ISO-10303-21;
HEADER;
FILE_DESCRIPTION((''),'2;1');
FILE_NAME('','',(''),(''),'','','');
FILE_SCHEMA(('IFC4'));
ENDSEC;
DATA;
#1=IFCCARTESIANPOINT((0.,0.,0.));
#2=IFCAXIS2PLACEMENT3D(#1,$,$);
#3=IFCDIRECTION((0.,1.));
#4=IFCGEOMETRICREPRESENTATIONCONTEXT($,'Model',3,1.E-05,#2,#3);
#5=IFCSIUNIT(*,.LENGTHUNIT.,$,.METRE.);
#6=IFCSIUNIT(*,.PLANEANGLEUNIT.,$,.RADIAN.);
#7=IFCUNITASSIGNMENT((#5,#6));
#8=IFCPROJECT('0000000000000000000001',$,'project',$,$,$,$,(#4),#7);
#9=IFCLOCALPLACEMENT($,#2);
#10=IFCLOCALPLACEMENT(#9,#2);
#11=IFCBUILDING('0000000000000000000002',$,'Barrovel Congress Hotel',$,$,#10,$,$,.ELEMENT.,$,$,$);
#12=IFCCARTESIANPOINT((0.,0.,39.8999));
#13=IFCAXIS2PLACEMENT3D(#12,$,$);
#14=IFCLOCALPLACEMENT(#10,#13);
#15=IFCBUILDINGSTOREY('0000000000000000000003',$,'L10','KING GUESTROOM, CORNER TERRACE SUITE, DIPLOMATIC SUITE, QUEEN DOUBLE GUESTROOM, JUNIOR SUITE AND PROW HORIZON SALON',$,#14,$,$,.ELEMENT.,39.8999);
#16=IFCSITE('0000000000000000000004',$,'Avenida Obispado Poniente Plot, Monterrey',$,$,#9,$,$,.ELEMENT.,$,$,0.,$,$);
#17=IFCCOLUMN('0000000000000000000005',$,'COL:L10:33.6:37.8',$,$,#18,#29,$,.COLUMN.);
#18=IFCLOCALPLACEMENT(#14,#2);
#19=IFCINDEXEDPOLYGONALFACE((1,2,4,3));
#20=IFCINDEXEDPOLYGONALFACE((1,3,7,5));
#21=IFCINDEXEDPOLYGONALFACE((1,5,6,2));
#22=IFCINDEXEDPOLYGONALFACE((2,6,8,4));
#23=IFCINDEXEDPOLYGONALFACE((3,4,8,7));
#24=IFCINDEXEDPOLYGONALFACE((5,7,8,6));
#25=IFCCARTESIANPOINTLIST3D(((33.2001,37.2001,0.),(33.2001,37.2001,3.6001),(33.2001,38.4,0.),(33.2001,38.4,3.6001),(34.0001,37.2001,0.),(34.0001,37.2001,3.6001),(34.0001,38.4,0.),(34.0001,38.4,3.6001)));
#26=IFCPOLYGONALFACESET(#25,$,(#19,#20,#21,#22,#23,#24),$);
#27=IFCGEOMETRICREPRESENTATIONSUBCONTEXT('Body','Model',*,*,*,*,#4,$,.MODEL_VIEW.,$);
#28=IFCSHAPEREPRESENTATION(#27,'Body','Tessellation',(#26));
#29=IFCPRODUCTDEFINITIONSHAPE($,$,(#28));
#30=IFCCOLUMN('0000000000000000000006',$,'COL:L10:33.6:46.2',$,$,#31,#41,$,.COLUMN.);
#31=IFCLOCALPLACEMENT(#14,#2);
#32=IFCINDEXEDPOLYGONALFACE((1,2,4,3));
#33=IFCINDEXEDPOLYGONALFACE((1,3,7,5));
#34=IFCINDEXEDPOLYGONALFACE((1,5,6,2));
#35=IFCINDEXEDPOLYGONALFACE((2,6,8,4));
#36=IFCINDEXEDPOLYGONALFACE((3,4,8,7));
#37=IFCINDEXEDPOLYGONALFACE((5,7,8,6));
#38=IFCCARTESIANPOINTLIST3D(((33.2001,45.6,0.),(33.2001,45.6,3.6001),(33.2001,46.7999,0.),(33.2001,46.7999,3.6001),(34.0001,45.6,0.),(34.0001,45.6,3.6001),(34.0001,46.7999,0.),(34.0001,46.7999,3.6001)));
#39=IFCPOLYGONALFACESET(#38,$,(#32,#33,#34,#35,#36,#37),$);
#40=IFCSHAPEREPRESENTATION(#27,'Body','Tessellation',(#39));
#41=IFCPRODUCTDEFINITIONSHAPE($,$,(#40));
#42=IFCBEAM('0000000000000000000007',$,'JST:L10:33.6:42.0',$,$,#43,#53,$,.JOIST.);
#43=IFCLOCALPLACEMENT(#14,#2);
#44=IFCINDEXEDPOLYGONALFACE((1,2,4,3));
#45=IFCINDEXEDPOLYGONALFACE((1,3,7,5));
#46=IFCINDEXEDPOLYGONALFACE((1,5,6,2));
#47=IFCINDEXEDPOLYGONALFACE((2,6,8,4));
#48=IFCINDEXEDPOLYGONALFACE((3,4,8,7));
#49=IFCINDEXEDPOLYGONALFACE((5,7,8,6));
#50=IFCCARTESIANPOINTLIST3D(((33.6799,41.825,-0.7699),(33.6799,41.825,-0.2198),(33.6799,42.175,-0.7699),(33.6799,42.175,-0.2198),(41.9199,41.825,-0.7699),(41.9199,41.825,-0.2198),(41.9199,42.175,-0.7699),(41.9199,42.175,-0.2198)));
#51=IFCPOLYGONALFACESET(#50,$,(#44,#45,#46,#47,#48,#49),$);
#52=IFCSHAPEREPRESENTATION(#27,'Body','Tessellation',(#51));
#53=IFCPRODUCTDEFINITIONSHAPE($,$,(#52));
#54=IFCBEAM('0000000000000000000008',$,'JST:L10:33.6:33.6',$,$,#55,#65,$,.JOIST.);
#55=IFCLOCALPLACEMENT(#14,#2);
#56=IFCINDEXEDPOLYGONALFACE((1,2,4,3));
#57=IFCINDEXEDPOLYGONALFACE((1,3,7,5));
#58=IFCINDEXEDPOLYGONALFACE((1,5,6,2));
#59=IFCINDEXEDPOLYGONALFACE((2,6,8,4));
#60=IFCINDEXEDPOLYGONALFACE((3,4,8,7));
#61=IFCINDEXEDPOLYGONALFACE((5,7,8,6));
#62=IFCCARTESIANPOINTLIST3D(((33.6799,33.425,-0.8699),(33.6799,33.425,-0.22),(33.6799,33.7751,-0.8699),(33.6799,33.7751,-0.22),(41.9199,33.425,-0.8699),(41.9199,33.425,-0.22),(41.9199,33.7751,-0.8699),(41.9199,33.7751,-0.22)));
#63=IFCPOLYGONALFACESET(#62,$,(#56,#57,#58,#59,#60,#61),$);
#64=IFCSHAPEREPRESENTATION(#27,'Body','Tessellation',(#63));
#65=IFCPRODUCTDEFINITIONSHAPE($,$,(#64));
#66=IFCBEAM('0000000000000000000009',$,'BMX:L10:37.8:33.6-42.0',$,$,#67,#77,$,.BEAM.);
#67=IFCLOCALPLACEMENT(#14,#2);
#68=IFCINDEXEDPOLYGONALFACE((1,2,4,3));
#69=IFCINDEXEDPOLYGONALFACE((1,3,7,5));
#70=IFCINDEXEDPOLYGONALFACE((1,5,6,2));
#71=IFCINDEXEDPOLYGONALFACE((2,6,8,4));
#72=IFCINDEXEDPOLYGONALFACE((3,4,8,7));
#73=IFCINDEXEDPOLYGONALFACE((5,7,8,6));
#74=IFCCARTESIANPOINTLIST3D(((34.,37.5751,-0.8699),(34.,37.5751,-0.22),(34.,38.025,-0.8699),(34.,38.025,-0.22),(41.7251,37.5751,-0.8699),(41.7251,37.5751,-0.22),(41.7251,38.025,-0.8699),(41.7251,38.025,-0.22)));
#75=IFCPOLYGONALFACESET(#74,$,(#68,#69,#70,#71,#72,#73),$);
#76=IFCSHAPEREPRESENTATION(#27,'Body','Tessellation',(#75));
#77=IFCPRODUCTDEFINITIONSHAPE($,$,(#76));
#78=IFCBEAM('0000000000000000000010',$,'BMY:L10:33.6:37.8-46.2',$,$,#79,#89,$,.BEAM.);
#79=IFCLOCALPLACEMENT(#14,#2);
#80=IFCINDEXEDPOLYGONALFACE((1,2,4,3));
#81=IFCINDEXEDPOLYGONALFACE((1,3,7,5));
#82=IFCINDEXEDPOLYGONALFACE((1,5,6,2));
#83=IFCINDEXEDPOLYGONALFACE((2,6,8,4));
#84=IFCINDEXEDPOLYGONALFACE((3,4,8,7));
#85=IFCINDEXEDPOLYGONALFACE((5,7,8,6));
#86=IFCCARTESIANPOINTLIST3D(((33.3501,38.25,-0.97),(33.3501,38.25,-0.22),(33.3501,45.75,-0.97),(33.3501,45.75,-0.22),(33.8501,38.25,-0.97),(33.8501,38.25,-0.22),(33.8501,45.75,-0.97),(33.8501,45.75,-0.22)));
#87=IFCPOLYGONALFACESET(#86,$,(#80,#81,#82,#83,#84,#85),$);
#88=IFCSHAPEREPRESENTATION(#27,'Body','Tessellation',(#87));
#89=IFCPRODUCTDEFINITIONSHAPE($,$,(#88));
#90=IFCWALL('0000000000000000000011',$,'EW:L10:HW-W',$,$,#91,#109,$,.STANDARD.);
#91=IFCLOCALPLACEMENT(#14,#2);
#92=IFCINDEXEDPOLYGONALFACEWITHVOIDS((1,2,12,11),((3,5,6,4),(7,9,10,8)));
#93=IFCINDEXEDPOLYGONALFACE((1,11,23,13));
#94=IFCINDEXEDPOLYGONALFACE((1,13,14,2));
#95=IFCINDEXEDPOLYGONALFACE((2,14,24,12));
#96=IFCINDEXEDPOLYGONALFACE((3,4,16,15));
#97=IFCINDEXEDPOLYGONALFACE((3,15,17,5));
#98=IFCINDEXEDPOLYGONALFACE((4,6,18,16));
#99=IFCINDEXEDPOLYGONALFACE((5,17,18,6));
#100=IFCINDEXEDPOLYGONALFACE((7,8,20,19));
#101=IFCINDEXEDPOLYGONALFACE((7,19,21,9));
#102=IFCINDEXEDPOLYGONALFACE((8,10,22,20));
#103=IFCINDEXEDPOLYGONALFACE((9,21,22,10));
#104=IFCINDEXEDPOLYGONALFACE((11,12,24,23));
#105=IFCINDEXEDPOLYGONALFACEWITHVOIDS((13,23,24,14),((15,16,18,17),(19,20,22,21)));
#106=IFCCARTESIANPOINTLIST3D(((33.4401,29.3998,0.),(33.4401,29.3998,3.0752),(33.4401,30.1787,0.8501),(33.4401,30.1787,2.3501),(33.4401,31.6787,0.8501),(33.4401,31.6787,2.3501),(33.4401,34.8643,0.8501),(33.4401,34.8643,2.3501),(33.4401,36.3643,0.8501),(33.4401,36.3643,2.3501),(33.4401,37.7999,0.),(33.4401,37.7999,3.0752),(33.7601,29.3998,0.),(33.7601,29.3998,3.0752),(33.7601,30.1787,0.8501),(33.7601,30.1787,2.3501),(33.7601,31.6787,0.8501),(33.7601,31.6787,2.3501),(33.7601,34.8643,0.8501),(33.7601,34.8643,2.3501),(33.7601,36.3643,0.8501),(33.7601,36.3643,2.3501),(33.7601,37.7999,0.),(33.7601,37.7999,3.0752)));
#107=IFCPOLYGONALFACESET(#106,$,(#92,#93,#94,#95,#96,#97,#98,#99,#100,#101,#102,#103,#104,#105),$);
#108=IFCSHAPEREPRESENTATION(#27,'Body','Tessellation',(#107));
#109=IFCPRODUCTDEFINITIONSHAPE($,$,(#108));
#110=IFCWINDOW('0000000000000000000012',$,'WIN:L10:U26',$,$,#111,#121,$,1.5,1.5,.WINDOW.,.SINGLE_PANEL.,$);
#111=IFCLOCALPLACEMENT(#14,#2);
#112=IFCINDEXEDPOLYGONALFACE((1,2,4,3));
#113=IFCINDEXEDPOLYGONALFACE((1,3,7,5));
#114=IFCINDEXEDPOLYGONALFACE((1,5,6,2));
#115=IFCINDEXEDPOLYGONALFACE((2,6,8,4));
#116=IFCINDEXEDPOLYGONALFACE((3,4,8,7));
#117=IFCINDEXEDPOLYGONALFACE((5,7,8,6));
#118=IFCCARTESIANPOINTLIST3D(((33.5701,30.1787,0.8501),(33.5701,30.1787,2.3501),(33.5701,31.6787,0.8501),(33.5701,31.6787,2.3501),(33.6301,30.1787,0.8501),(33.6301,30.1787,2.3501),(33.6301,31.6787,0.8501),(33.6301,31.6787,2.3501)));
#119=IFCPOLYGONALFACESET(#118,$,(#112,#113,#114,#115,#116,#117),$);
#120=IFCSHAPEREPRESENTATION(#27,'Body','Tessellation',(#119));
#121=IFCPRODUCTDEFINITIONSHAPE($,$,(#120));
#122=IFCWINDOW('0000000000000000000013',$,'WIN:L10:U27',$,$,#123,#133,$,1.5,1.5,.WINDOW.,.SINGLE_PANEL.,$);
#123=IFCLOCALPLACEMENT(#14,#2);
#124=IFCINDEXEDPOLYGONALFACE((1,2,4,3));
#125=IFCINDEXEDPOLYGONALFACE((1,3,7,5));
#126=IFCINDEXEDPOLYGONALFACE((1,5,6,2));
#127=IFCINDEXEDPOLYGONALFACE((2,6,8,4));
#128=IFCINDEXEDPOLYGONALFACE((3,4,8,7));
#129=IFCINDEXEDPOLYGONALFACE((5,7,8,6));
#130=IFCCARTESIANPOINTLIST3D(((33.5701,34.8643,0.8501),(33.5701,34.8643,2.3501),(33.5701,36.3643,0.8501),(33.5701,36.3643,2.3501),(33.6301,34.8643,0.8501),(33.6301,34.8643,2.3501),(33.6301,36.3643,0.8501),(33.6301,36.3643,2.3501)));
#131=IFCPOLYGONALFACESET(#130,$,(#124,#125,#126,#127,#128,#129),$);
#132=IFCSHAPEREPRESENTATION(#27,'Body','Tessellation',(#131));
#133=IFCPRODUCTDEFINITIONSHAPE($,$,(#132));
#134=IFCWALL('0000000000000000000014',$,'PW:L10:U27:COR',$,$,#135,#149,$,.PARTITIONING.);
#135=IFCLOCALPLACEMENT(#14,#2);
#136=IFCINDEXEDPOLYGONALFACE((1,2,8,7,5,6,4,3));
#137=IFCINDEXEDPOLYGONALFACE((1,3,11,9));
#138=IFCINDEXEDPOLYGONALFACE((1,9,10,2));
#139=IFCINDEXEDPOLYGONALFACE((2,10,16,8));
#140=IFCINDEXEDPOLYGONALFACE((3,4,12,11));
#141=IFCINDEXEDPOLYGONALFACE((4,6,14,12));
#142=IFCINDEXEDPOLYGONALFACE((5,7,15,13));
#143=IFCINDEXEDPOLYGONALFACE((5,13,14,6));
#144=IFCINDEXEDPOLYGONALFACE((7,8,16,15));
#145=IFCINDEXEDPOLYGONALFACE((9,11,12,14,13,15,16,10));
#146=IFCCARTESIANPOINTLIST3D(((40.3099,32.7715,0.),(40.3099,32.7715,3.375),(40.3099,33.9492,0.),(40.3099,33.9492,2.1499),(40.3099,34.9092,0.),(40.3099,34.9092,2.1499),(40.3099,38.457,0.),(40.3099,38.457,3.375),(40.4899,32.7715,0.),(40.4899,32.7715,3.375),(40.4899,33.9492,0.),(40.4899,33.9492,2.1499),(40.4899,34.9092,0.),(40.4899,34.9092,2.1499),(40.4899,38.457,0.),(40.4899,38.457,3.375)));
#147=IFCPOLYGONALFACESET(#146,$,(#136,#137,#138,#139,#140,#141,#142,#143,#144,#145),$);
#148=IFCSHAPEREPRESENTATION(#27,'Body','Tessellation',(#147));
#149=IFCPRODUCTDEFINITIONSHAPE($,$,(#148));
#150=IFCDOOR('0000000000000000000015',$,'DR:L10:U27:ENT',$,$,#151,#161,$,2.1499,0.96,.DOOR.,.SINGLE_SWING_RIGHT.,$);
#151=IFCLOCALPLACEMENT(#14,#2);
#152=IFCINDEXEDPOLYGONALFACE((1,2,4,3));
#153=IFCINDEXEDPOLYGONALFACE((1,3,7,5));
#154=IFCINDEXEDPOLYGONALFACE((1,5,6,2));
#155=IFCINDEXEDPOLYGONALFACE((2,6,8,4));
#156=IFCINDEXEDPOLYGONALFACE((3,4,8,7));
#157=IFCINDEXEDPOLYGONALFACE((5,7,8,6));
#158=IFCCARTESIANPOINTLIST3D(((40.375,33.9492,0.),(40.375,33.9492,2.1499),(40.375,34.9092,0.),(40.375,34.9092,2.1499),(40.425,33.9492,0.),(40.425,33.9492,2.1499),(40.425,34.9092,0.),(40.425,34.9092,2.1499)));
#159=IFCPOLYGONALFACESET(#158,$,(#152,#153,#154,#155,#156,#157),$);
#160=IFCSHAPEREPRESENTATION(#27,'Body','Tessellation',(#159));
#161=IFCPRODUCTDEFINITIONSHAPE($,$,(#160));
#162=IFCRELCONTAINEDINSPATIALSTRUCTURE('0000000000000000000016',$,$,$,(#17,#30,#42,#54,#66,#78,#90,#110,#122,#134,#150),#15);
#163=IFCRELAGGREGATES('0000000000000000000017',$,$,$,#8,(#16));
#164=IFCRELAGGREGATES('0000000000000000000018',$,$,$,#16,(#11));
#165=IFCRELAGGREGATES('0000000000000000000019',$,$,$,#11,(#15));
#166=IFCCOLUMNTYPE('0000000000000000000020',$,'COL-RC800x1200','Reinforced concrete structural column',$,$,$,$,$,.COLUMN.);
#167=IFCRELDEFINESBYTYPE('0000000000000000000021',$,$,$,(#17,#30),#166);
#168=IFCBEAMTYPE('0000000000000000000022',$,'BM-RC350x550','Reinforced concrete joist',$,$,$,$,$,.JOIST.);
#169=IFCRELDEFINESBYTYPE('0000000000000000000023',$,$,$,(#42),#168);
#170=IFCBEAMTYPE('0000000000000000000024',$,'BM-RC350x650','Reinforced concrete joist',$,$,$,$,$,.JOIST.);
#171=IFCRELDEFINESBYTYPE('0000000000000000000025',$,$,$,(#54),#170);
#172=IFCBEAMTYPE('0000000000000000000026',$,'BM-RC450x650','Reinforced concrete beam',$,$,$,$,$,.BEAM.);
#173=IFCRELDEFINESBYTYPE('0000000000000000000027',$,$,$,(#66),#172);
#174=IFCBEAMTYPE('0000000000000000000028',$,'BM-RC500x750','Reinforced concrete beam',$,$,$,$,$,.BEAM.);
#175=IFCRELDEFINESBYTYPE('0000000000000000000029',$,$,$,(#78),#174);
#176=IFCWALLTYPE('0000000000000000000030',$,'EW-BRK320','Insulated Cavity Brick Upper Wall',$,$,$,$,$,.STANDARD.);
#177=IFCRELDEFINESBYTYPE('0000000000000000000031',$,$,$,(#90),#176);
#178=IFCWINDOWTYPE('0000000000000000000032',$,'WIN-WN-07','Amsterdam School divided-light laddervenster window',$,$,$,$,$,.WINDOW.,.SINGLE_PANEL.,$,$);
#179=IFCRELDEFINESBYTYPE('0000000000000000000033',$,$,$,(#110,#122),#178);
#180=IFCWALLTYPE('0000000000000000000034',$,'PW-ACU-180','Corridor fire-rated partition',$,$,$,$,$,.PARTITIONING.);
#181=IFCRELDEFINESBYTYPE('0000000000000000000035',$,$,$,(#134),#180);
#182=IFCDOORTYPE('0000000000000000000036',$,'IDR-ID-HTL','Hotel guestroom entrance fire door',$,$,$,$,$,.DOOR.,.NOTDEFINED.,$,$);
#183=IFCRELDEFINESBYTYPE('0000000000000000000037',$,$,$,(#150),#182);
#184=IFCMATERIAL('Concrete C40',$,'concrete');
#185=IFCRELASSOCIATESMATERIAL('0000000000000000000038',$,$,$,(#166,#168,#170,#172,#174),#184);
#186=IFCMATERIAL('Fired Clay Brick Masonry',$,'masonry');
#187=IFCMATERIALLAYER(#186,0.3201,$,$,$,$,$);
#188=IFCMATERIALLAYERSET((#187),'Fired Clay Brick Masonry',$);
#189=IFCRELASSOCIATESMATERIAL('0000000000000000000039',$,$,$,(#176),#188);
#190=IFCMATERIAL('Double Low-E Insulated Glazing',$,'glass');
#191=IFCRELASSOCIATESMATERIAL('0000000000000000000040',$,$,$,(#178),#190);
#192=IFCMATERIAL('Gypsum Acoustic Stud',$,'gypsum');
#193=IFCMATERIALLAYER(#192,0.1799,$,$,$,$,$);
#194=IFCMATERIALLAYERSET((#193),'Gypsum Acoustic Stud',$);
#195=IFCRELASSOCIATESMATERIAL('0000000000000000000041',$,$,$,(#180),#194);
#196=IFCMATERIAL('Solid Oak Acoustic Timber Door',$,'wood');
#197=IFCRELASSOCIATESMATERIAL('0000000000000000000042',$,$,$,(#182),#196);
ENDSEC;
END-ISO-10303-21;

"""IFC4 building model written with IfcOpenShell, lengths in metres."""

from ifc_helpers import new_model, si_unit, direction, frame, frame_2d, origin, origin_2d, place, context, subcontext, project, spatial, rectangle, extrude, material, layer, layer_set, material_profile, profile_set, type_object, element, fill, save


model = new_model("IFC4")

# Units and contexts
model_context = context("Model", 3, precision=1e-05, world=origin(), true_north=direction((0.0, 1.0)))
body_context = subcontext(model_context, "Body", "Model", "MODEL_VIEW")
ifc_project = project(units=[si_unit("LENGTHUNIT", "METRE"), si_unit("PLANEANGLEUNIT", "RADIAN")], contexts=[model_context])

# Site, building, storey
site_placement = place(None, origin())
site = spatial("IfcSite", under=ifc_project, at=site_placement, Name="Avenida Obispado Poniente Plot, Monterrey", CompositionType="ELEMENT", RefElevation=0.0)
building_placement = place(site_placement, origin())
building = spatial("IfcBuilding", under=site, at=building_placement, Name="Barrovel Congress Hotel", CompositionType="ELEMENT")
storey_placement = place(building_placement, frame((0.0, 0.0, 39.8999)))
storey = spatial("IfcBuildingStorey", under=building, at=storey_placement, Name="L10", Description="KING GUESTROOM, CORNER TERRACE SUITE, DIPLOMATIC SUITE, QUEEN DOUBLE GUESTROOM, JUNIOR SUITE AND PROW HORIZON SALON", CompositionType="ELEMENT", Elevation=39.8999)

# Columns
ifc_material_1 = material(Name="Concrete C40", Category="concrete")
ifc_material_profile_1 = material_profile(ifc_material_1, rectangle(XDim=0.8, YDim=1.2, at=origin_2d()), Name="RC800x1200")
ifc_profile_set_1 = profile_set([ifc_material_profile_1], Name="Concrete C40")
column_type = type_object("IfcColumnType", Name="COL-RC800x1200", Description="Reinforced concrete structural column", PredefinedType="COLUMN", material=ifc_profile_set_1)
for number, where, z_axis, x_axis, name in (
    (1, (33.6001, 37.8, 0.0), (0.0, 0.0, 1.0), (1.0, 0.0, 0.0), "COL:L10:33.6:37.8"),
    (2, (33.6001, 46.2, 0.0), (0.0, 0.0, 1.0), (1.0, 0.0, 0.0), "COL:L10:33.6:46.2"),
):
    element("IfcColumn", number, at=place(storey_placement, frame(where, z_axis=z_axis, x_axis=x_axis)), inside=storey, type_object=column_type, Name=name, PredefinedType="COLUMN", context=body_context, shape_type="SweptSolid", body=[
        extrude(rectangle(XDim=0.8, YDim=1.2, at=origin_2d()), origin(), (0.0, 0.0, 1.0), 3.6001),
    ])

# Beams
ifc_material_profile_2 = material_profile(ifc_material_1, rectangle(XDim=0.3501, YDim=0.55, at=origin_2d()), Name="RC350x550")
ifc_profile_set_2 = profile_set([ifc_material_profile_2], Name="Concrete C40")
beam_type_1 = type_object("IfcBeamType", Name="BM-RC350x550", Description="Reinforced concrete joist", PredefinedType="JOIST", material=ifc_profile_set_2)
beam_1_placement = place(storey_placement, frame((33.6799, 42.0, -0.4949), z_axis=(1.0, 0.0, 0.0), x_axis=(0.0, 1.0, 0.0)))
element("IfcBeam", 3, at=beam_1_placement, inside=storey, type_object=beam_type_1, Name="JST:L10:33.6:42.0", PredefinedType="JOIST", context=body_context, shape_type="SweptSolid", body=[
    extrude(rectangle(XDim=0.3501, YDim=0.55, at=origin_2d()), origin(), (0.0, 0.0, 1.0), 8.24),
])
ifc_material_profile_3 = material_profile(ifc_material_1, rectangle(XDim=0.3501, YDim=0.6499, at=origin_2d()), Name="RC350x650")
ifc_profile_set_3 = profile_set([ifc_material_profile_3], Name="Concrete C40")
beam_type_2 = type_object("IfcBeamType", Name="BM-RC350x650", Description="Reinforced concrete joist", PredefinedType="JOIST", material=ifc_profile_set_3)
beam_2_placement = place(storey_placement, frame((33.6799, 33.6001, -0.5449), z_axis=(1.0, 0.0, 0.0), x_axis=(0.0, 1.0, 0.0)))
element("IfcBeam", 4, at=beam_2_placement, inside=storey, type_object=beam_type_2, Name="JST:L10:33.6:33.6", PredefinedType="JOIST", context=body_context, shape_type="SweptSolid", body=[
    extrude(rectangle(XDim=0.3501, YDim=0.6499, at=origin_2d()), origin(), (0.0, 0.0, 1.0), 8.24),
])
ifc_material_profile_4 = material_profile(ifc_material_1, rectangle(XDim=0.45, YDim=0.6499, at=origin_2d()), Name="RC450x650")
ifc_profile_set_4 = profile_set([ifc_material_profile_4], Name="Concrete C40")
beam_type_3 = type_object("IfcBeamType", Name="BM-RC450x650", Description="Reinforced concrete beam", PredefinedType="BEAM", material=ifc_profile_set_4)
beam_3_placement = place(storey_placement, frame((34.0, 37.8, -0.5449), z_axis=(1.0, 0.0, 0.0), x_axis=(0.0, 1.0, 0.0)))
element("IfcBeam", 5, at=beam_3_placement, inside=storey, type_object=beam_type_3, Name="BMX:L10:37.8:33.6-42.0", PredefinedType="BEAM", context=body_context, shape_type="SweptSolid", body=[
    extrude(rectangle(XDim=0.45, YDim=0.6499, at=origin_2d()), origin(), (0.0, 0.0, 1.0), 7.7251),
])
ifc_material_profile_5 = material_profile(ifc_material_1, rectangle(XDim=0.5, YDim=0.75, at=origin_2d()), Name="RC500x750")
ifc_profile_set_5 = profile_set([ifc_material_profile_5], Name="Concrete C40")
beam_type_4 = type_object("IfcBeamType", Name="BM-RC500x750", Description="Reinforced concrete beam", PredefinedType="BEAM", material=ifc_profile_set_5)
beam_4_placement = place(storey_placement, frame((33.6001, 38.25, -0.595), z_axis=(0.0, 1.0, 0.0), x_axis=(-1.0, 0.0, 0.0)))
element("IfcBeam", 6, at=beam_4_placement, inside=storey, type_object=beam_type_4, Name="BMY:L10:33.6:37.8-46.2", PredefinedType="BEAM", context=body_context, shape_type="SweptSolid", body=[
    extrude(rectangle(XDim=0.5, YDim=0.75, at=origin_2d()), origin(), (0.0, 0.0, 1.0), 7.5),
])

# Wall, openings, windows
ifc_material_2 = material(Name="Fired Clay Brick Masonry", Category="masonry")
ifc_layer_1 = layer(ifc_material_2, 0.3201)
ifc_layer_set_1 = layer_set([ifc_layer_1], Name="Fired Clay Brick Masonry")
wall_type_1 = type_object("IfcWallType", Name="EW-BRK320", Description="Insulated Cavity Brick Upper Wall", PredefinedType="STANDARD", material=ifc_layer_set_1)
wall_1_placement = place(storey_placement, frame((33.6001, 37.8, 0.0), z_axis=(0.0, 0.0, 1.0), x_axis=(0.0, -1.0, 0.0)))
wall_1 = element("IfcWall", 7, at=wall_1_placement, inside=storey, type_object=wall_type_1, Name="EW:L10:HW-W", PredefinedType="STANDARD", context=body_context, shape_type="SweptSolid", body=[
    extrude(rectangle(XDim=8.4001, YDim=0.3201, at=frame_2d((4.2002, 0.0))), origin(), (0.0, 0.0, 1.0), 3.0752),
])
opening_1_placement = place(wall_1_placement, frame((6.1213, 0.0, 0.8501)))
opening_1 = element("IfcOpeningElement", 8, at=opening_1_placement, cuts=wall_1, PredefinedType="OPENING", context=body_context, shape_type="SweptSolid", body=[
    extrude(rectangle(XDim=1.5, YDim=1.5, at=frame_2d((0.75, 0.75))), frame((0.0, 0.1699, 0.0), z_axis=(0.0, -1.0, 0.0), x_axis=(1.0, 0.0, 0.0)), (0.0, 0.0, 1.0), 0.3401),
])
opening_2_placement = place(wall_1_placement, frame((1.4358, 0.0, 0.8501)))
opening_2 = element("IfcOpeningElement", 9, at=opening_2_placement, cuts=wall_1, PredefinedType="OPENING", context=body_context, shape_type="SweptSolid", body=[
    extrude(rectangle(XDim=1.5, YDim=1.5, at=frame_2d((0.75, 0.75))), frame((0.0, 0.1699, 0.0), z_axis=(0.0, -1.0, 0.0), x_axis=(1.0, 0.0, 0.0)), (0.0, 0.0, 1.0), 0.3401),
])
ifc_material_3 = material(Name="Double Low-E Insulated Glazing", Category="glass")
window_type = type_object("IfcWindowType", Name="WIN-WN-07", Description="Amsterdam School divided-light laddervenster window", PartitioningType="SINGLE_PANEL", PredefinedType="WINDOW", material=ifc_material_3)
window_1_placement = place(opening_1_placement, origin())
window_1 = element("IfcWindow", 10, at=window_1_placement, inside=storey, type_object=window_type, Name="WIN:L10:U26", OverallHeight=1.5, OverallWidth=1.5, PartitioningType="SINGLE_PANEL", PredefinedType="WINDOW", context=body_context, shape_type="SweptSolid", body=[
    extrude(rectangle(XDim=1.5, YDim=1.5, at=frame_2d((0.75, 0.75))), frame((0.0, 0.03, 0.0), z_axis=(0.0, -1.0, 0.0), x_axis=(1.0, 0.0, 0.0)), (0.0, 0.0, 1.0), 0.0601),
])
fill(opening_1, window_1)
window_2_placement = place(opening_2_placement, origin())
window_2 = element("IfcWindow", 11, at=window_2_placement, inside=storey, type_object=window_type, Name="WIN:L10:U27", OverallHeight=1.5, OverallWidth=1.5, PartitioningType="SINGLE_PANEL", PredefinedType="WINDOW", context=body_context, shape_type="SweptSolid", body=[
    extrude(rectangle(XDim=1.5, YDim=1.5, at=frame_2d((0.75, 0.75))), frame((0.0, 0.03, 0.0), z_axis=(0.0, -1.0, 0.0), x_axis=(1.0, 0.0, 0.0)), (0.0, 0.0, 1.0), 0.0601),
])
fill(opening_2, window_2)

# Wall, opening, door
ifc_material_4 = material(Name="Gypsum Acoustic Stud", Category="gypsum")
ifc_layer_2 = layer(ifc_material_4, 0.1799)
ifc_layer_set_2 = layer_set([ifc_layer_2], Name="Gypsum Acoustic Stud")
wall_type_2 = type_object("IfcWallType", Name="PW-ACU-180", Description="Corridor fire-rated partition", PredefinedType="PARTITIONING", material=ifc_layer_set_2)
wall_2_placement = place(storey_placement, frame((40.3999, 32.7715, 0.0), z_axis=(0.0, 0.0, 1.0), x_axis=(0.0, 1.0, 0.0)))
wall_2 = element("IfcWall", 12, at=wall_2_placement, inside=storey, type_object=wall_type_2, Name="PW:L10:U27:COR", PredefinedType="PARTITIONING", context=body_context, shape_type="SweptSolid", body=[
    extrude(rectangle(XDim=5.6855, YDim=0.1799, at=frame_2d((2.8428, 0.0))), origin(), (0.0, 0.0, 1.0), 3.375),
])
opening_3_placement = place(wall_2_placement, frame((1.1777, 0.0, 0.0)))
opening_3 = element("IfcOpeningElement", 13, at=opening_3_placement, cuts=wall_2, PredefinedType="OPENING", context=body_context, shape_type="SweptSolid", body=[
    extrude(rectangle(XDim=0.96, YDim=2.1499, at=frame_2d((0.48, 1.075))), frame((0.0, 0.1001, 0.0), z_axis=(0.0, -1.0, 0.0), x_axis=(1.0, 0.0, 0.0)), (0.0, 0.0, 1.0), 0.2),
])
ifc_material_5 = material(Name="Solid Oak Acoustic Timber Door", Category="wood")
door_type_1 = type_object("IfcDoorType", Name="IDR-ID-HTL", Description="Hotel guestroom entrance fire door", OperationType="NOTDEFINED", PredefinedType="DOOR", material=ifc_material_5)
door_1_placement = place(opening_3_placement, origin())
door_1 = element("IfcDoor", 14, at=door_1_placement, inside=storey, type_object=door_type_1, Name="DR:L10:U27:ENT", OperationType="SINGLE_SWING_RIGHT", OverallHeight=2.1499, OverallWidth=0.96, PredefinedType="DOOR", context=body_context, shape_type="SweptSolid", body=[
    extrude(rectangle(XDim=0.96, YDim=2.1499, at=frame_2d((0.48, 1.075))), frame((0.0, 0.0249, 0.0), z_axis=(0.0, -1.0, 0.0), x_axis=(1.0, 0.0, 0.0)), (0.0, 0.0, 1.0), 0.05),
])
fill(opening_3, door_1)

save(model, "model.ifc")
